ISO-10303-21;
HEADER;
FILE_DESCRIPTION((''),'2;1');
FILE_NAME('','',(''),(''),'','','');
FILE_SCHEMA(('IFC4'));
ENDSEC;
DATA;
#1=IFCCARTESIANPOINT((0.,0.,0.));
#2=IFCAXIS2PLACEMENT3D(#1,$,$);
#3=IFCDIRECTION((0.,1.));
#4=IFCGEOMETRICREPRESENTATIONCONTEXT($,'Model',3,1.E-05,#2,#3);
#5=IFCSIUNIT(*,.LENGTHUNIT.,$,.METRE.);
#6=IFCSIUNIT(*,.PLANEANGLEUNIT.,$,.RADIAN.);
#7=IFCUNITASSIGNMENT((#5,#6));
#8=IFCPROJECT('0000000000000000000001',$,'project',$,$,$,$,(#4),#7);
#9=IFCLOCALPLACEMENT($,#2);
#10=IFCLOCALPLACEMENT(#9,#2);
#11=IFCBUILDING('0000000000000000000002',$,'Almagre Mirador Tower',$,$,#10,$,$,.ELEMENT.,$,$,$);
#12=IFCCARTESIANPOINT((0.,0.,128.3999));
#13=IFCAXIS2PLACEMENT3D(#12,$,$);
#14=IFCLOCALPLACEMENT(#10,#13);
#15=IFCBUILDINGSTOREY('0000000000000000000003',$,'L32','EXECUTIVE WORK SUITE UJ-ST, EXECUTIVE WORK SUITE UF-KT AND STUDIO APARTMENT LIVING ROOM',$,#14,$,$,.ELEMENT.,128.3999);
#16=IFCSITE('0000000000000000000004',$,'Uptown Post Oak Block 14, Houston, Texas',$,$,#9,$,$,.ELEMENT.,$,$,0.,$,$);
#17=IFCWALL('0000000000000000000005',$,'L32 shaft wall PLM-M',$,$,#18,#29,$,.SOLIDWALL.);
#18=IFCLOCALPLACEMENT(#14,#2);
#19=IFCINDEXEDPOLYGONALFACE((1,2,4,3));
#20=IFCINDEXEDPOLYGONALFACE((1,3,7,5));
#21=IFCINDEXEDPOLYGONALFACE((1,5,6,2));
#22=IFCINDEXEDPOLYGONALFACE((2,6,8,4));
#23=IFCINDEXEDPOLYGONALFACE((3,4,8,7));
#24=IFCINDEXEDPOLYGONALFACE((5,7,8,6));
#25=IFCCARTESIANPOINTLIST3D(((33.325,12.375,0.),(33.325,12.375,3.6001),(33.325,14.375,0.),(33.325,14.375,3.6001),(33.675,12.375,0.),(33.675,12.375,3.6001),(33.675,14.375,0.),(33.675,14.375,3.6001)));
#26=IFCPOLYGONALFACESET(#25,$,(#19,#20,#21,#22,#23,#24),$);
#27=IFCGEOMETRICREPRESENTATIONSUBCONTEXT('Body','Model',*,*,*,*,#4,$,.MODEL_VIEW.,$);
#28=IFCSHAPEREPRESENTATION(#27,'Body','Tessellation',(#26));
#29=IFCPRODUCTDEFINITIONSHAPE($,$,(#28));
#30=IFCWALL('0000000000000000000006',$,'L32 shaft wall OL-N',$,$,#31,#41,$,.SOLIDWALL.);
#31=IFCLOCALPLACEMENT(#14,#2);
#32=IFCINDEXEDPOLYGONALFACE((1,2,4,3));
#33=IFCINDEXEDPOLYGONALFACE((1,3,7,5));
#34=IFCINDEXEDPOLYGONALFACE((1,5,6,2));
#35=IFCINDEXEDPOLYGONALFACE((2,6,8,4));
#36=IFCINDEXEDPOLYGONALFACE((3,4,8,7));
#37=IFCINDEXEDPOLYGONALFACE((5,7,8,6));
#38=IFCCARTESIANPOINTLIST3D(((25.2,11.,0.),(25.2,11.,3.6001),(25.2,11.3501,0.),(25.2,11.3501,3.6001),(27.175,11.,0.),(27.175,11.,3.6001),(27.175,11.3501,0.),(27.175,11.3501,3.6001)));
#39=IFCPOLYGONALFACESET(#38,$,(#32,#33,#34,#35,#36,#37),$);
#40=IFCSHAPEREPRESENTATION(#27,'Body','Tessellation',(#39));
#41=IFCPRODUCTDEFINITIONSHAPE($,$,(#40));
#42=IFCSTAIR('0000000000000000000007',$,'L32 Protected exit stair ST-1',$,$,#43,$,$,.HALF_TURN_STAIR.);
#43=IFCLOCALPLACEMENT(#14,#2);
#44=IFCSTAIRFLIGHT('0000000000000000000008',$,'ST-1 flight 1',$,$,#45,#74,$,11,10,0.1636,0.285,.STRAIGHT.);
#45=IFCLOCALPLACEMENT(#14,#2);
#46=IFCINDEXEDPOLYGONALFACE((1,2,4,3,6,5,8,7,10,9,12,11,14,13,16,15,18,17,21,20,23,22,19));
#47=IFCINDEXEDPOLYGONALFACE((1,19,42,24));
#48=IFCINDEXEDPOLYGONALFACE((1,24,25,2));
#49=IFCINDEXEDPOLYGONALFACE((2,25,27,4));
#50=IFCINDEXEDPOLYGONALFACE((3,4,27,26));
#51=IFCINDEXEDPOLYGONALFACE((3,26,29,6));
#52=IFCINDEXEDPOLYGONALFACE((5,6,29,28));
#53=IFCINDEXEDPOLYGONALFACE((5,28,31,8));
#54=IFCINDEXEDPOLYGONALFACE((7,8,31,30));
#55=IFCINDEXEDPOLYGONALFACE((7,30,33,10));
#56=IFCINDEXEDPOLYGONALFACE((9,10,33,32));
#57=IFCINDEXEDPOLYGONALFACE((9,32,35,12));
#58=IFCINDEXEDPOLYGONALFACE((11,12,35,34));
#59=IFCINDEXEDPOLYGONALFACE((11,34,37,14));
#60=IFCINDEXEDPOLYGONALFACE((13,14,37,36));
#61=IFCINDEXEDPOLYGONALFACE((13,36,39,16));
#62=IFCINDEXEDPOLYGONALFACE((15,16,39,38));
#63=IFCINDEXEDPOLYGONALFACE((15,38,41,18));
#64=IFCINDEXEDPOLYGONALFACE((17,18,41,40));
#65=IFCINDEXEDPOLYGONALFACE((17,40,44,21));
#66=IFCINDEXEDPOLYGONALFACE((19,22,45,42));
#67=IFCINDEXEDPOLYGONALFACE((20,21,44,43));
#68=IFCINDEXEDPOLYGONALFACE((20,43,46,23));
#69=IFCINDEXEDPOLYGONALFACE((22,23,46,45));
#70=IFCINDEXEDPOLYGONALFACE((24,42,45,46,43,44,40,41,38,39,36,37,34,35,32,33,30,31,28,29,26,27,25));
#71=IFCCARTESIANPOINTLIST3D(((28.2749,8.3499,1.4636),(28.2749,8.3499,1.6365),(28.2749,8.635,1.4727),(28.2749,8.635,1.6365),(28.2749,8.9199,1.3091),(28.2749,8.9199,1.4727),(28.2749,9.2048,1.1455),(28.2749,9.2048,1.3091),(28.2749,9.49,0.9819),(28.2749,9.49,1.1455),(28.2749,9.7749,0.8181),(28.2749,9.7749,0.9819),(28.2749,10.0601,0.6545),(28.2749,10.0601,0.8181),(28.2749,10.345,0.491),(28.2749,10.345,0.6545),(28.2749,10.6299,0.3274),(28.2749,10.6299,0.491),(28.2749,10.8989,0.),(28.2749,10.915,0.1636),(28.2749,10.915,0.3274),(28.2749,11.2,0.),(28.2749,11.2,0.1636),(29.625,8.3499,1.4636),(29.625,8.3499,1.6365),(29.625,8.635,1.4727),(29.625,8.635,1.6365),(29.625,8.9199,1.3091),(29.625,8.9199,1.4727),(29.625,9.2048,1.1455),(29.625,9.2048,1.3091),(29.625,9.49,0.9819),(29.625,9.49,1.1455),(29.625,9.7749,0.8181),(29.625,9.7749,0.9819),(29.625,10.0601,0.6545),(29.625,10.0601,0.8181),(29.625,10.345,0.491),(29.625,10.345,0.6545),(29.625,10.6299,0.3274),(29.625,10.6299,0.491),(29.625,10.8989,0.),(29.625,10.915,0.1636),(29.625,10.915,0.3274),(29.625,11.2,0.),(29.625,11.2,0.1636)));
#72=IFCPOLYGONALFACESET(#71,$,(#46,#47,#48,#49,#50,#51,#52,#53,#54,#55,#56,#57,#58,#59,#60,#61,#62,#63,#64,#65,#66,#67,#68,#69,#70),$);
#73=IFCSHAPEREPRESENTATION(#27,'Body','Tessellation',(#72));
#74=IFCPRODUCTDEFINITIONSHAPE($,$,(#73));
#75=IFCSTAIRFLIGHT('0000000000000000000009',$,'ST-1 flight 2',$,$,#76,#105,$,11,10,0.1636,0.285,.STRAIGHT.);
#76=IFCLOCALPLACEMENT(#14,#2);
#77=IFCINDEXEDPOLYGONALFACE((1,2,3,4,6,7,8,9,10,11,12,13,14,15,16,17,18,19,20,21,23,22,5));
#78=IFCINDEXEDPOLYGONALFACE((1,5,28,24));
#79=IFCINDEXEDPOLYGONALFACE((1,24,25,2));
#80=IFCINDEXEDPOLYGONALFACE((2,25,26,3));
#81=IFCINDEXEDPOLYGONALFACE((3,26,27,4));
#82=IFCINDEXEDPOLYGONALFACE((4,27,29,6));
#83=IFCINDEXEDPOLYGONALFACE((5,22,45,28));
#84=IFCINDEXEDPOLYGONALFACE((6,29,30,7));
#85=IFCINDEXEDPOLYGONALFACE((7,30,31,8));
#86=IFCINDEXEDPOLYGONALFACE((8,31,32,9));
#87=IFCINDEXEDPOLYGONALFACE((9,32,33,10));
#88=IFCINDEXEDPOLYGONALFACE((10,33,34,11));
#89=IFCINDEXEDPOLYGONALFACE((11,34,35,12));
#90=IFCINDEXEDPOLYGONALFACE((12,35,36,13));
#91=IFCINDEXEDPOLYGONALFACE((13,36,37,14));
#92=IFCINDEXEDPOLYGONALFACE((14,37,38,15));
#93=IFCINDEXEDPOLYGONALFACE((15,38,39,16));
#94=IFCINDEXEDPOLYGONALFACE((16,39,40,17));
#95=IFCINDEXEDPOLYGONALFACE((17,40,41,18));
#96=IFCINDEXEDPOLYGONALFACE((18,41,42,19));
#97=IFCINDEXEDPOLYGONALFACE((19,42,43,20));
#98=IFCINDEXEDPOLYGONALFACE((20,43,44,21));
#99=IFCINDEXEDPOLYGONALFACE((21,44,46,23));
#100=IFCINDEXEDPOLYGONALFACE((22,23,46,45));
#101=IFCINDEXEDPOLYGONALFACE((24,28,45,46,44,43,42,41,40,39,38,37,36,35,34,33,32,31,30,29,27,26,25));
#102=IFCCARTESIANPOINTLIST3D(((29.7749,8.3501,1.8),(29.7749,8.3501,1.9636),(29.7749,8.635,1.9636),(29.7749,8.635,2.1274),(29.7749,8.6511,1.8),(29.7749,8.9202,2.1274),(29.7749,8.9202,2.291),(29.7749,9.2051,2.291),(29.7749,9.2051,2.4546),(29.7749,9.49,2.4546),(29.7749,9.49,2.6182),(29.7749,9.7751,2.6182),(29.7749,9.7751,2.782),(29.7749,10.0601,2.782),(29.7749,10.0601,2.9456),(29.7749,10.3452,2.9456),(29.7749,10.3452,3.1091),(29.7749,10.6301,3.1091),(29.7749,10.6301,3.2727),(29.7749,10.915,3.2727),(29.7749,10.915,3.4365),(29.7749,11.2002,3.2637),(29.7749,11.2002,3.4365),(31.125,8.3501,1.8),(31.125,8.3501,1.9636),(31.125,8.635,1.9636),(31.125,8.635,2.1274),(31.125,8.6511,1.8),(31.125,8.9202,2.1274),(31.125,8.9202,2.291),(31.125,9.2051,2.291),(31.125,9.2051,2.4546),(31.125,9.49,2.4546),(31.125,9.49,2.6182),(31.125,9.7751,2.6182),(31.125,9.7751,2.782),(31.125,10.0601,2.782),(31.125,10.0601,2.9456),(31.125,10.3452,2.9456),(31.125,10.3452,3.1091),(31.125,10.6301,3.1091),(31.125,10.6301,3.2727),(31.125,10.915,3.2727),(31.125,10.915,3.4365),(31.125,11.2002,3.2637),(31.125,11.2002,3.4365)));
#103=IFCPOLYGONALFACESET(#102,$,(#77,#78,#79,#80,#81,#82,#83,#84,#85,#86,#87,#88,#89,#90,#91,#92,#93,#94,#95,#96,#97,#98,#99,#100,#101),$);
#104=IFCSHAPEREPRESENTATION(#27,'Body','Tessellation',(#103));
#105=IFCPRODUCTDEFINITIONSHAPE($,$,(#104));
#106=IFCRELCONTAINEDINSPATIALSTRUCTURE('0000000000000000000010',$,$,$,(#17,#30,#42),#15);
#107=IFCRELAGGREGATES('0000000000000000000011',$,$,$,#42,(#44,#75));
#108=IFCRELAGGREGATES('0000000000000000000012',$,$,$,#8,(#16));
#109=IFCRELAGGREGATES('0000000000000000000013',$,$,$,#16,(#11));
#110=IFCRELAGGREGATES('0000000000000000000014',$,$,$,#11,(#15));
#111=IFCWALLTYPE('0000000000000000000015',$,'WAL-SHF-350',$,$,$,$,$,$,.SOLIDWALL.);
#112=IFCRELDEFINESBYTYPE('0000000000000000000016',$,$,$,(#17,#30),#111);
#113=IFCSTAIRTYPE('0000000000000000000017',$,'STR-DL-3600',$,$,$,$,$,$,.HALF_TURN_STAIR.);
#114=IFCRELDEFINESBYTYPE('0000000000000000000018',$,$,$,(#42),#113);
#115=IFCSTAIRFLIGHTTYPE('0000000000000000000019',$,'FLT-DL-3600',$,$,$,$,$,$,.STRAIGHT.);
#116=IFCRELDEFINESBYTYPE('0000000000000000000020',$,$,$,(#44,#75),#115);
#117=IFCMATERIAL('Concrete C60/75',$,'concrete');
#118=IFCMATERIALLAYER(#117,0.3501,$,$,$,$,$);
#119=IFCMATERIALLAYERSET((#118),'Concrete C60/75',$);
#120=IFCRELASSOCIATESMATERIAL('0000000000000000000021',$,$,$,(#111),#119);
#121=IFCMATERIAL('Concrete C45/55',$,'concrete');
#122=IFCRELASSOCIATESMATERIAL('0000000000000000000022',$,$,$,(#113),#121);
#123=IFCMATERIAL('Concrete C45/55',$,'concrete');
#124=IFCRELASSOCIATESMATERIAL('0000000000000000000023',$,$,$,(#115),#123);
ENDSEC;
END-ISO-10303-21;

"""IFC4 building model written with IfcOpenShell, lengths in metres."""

from ifc_helpers import new_model, si_unit, direction, frame, frame_2d, origin, place, context, subcontext, project, spatial, polyline, rectangle, outline, extrude, material, layer, layer_set, type_object, element, aggregate, save


model = new_model("IFC4")

# Units and contexts
model_context = context("Model", 3, precision=1e-05, world=origin(), true_north=direction((0.0, 1.0)))
body_context = subcontext(model_context, "Body", "Model", "MODEL_VIEW")
ifc_project = project(units=[si_unit("LENGTHUNIT", "METRE"), si_unit("PLANEANGLEUNIT", "RADIAN")], contexts=[model_context])

# Site, building, storey
site_placement = place(None, origin())
site = spatial("IfcSite", under=ifc_project, at=site_placement, Name="Uptown Post Oak Block 14, Houston, Texas", CompositionType="ELEMENT", RefElevation=0.0)
building_placement = place(site_placement, origin())
building = spatial("IfcBuilding", under=site, at=building_placement, Name="Almagre Mirador Tower", CompositionType="ELEMENT")
storey_placement = place(building_placement, frame((0.0, 0.0, 128.3999)))
storey = spatial("IfcBuildingStorey", under=building, at=storey_placement, Name="L32", Description="EXECUTIVE WORK SUITE UJ-ST, EXECUTIVE WORK SUITE UF-KT AND STUDIO APARTMENT LIVING ROOM", CompositionType="ELEMENT", Elevation=128.3999)

# Shared definitions
ifc_material_1 = material(Name="Concrete C60/75", Category="concrete")
ifc_layer_1 = layer(ifc_material_1, 0.3501)
ifc_layer_set_1 = layer_set([ifc_layer_1], Name="Concrete C60/75")
wall_type_1 = type_object("IfcWallType", Name="WAL-SHF-350", PredefinedType="SOLIDWALL", material=ifc_layer_set_1)

# Walls
wall_1_placement = place(storey_placement, frame((33.5, 12.375, 0.0), z_axis=(0.0, 0.0, 1.0), x_axis=(0.0, 1.0, 0.0)))
element("IfcWall", 1, at=wall_1_placement, inside=storey, type_object=wall_type_1, Name="L32 shaft wall PLM-M", PredefinedType="SOLIDWALL", context=body_context, shape_type="SweptSolid", body=[
    extrude(rectangle(XDim=2.0, YDim=0.3501, at=frame_2d((1.0, 0.0))), origin(), (0.0, 0.0, 1.0), 3.6001),
])
wall_2_placement = place(storey_placement, frame((25.2, 11.175, 0.0), z_axis=(0.0, 0.0, 1.0), x_axis=(1.0, 0.0, 0.0)))
element("IfcWall", 2, at=wall_2_placement, inside=storey, type_object=wall_type_1, Name="L32 shaft wall OL-N", PredefinedType="SOLIDWALL", context=body_context, shape_type="SweptSolid", body=[
    extrude(rectangle(XDim=1.9751, YDim=0.3501, at=frame_2d((0.9875, 0.0))), origin(), (0.0, 0.0, 1.0), 3.6001),
])

# Stair, stair flights
ifc_material_2 = material(Name="Concrete C45/55", Category="concrete")
stair_type = type_object("IfcStairType", Name="STR-DL-3600", PredefinedType="HALF_TURN_STAIR", material=ifc_material_2)
stair_placement = place(storey_placement, origin())
stair = element("IfcStair", 3, at=stair_placement, inside=storey, type_object=stair_type, Name="L32 Protected exit stair ST-1", PredefinedType="HALF_TURN_STAIR")
ifc_material_3 = material(Name="Concrete C45/55", Category="concrete")
stair_flight_type = type_object("IfcStairFlightType", Name="FLT-DL-3600", PredefinedType="STRAIGHT", material=ifc_material_3)
stair_flight_1_placement = place(storey_placement, frame((28.95, 11.2, 0.0), z_axis=(0.0, 0.0, 1.0), x_axis=(0.0, -1.0, 0.0)))
stair_flight_1 = element("IfcStairFlight", 4, at=stair_flight_1_placement, type_object=stair_flight_type, Name="ST-1 flight 1", NumberOfRisers=11, NumberOfTreads=10, PredefinedType="STRAIGHT", RiserHeight=0.1636, TreadLength=0.285, context=body_context, shape_type="SweptSolid", body=[
    extrude(outline(polyline([(0.0, 0.0), (0.0, 0.1636), (0.2849, 0.1636), (0.2849, 0.3274), (0.5701, 0.3274), (0.5701, 0.491), (0.855, 0.491), (0.855, 0.6545), (1.1399, 0.6545), (1.1399, 0.8181), (1.425, 0.8181), (1.425, 0.9819), (1.71, 0.9819), (1.71, 1.1455), (1.9951, 1.1455), (1.9951, 1.3091), (2.28, 1.3091), (2.28, 1.4727), (2.5649, 1.4727), (2.5649, 1.6365), (2.8501, 1.6365), (2.8501, 1.8), (2.8501, 1.4636), (0.301, 0.0), (0.0, 0.0)])), frame((0.0, 0.675, 0.0), z_axis=(0.0, -1.0, 0.0), x_axis=(1.0, 0.0, 0.0)), (0.0, 0.0, 1.0), 1.3501),
])
stair_flight_2_placement = place(storey_placement, frame((30.45, 8.3501, 1.8), z_axis=(0.0, 0.0, 1.0), x_axis=(0.0, 1.0, 0.0)))
stair_flight_2 = element("IfcStairFlight", 5, at=stair_flight_2_placement, type_object=stair_flight_type, Name="ST-1 flight 2", NumberOfRisers=11, NumberOfTreads=10, PredefinedType="STRAIGHT", RiserHeight=0.1636, TreadLength=0.285, context=body_context, shape_type="SweptSolid", body=[
    extrude(outline(polyline([(0.0, 0.0), (0.0, 0.1636), (0.2849, 0.1636), (0.2849, 0.3274), (0.5701, 0.3274), (0.5701, 0.491), (0.855, 0.491), (0.855, 0.6545), (1.1399, 0.6545), (1.1399, 0.8181), (1.425, 0.8181), (1.425, 0.9819), (1.71, 0.9819), (1.71, 1.1455), (1.9951, 1.1455), (1.9951, 1.3091), (2.28, 1.3091), (2.28, 1.4727), (2.5649, 1.4727), (2.5649, 1.6365), (2.8501, 1.6365), (2.8501, 1.8), (2.8501, 1.4636), (0.301, 0.0), (0.0, 0.0)])), frame((0.0, 0.675, 0.0), z_axis=(0.0, -1.0, 0.0), x_axis=(1.0, 0.0, 0.0)), (0.0, 0.0, 1.0), 1.3501),
])
aggregate(stair, [stair_flight_1, stair_flight_2])

save(model, "model.ifc")
